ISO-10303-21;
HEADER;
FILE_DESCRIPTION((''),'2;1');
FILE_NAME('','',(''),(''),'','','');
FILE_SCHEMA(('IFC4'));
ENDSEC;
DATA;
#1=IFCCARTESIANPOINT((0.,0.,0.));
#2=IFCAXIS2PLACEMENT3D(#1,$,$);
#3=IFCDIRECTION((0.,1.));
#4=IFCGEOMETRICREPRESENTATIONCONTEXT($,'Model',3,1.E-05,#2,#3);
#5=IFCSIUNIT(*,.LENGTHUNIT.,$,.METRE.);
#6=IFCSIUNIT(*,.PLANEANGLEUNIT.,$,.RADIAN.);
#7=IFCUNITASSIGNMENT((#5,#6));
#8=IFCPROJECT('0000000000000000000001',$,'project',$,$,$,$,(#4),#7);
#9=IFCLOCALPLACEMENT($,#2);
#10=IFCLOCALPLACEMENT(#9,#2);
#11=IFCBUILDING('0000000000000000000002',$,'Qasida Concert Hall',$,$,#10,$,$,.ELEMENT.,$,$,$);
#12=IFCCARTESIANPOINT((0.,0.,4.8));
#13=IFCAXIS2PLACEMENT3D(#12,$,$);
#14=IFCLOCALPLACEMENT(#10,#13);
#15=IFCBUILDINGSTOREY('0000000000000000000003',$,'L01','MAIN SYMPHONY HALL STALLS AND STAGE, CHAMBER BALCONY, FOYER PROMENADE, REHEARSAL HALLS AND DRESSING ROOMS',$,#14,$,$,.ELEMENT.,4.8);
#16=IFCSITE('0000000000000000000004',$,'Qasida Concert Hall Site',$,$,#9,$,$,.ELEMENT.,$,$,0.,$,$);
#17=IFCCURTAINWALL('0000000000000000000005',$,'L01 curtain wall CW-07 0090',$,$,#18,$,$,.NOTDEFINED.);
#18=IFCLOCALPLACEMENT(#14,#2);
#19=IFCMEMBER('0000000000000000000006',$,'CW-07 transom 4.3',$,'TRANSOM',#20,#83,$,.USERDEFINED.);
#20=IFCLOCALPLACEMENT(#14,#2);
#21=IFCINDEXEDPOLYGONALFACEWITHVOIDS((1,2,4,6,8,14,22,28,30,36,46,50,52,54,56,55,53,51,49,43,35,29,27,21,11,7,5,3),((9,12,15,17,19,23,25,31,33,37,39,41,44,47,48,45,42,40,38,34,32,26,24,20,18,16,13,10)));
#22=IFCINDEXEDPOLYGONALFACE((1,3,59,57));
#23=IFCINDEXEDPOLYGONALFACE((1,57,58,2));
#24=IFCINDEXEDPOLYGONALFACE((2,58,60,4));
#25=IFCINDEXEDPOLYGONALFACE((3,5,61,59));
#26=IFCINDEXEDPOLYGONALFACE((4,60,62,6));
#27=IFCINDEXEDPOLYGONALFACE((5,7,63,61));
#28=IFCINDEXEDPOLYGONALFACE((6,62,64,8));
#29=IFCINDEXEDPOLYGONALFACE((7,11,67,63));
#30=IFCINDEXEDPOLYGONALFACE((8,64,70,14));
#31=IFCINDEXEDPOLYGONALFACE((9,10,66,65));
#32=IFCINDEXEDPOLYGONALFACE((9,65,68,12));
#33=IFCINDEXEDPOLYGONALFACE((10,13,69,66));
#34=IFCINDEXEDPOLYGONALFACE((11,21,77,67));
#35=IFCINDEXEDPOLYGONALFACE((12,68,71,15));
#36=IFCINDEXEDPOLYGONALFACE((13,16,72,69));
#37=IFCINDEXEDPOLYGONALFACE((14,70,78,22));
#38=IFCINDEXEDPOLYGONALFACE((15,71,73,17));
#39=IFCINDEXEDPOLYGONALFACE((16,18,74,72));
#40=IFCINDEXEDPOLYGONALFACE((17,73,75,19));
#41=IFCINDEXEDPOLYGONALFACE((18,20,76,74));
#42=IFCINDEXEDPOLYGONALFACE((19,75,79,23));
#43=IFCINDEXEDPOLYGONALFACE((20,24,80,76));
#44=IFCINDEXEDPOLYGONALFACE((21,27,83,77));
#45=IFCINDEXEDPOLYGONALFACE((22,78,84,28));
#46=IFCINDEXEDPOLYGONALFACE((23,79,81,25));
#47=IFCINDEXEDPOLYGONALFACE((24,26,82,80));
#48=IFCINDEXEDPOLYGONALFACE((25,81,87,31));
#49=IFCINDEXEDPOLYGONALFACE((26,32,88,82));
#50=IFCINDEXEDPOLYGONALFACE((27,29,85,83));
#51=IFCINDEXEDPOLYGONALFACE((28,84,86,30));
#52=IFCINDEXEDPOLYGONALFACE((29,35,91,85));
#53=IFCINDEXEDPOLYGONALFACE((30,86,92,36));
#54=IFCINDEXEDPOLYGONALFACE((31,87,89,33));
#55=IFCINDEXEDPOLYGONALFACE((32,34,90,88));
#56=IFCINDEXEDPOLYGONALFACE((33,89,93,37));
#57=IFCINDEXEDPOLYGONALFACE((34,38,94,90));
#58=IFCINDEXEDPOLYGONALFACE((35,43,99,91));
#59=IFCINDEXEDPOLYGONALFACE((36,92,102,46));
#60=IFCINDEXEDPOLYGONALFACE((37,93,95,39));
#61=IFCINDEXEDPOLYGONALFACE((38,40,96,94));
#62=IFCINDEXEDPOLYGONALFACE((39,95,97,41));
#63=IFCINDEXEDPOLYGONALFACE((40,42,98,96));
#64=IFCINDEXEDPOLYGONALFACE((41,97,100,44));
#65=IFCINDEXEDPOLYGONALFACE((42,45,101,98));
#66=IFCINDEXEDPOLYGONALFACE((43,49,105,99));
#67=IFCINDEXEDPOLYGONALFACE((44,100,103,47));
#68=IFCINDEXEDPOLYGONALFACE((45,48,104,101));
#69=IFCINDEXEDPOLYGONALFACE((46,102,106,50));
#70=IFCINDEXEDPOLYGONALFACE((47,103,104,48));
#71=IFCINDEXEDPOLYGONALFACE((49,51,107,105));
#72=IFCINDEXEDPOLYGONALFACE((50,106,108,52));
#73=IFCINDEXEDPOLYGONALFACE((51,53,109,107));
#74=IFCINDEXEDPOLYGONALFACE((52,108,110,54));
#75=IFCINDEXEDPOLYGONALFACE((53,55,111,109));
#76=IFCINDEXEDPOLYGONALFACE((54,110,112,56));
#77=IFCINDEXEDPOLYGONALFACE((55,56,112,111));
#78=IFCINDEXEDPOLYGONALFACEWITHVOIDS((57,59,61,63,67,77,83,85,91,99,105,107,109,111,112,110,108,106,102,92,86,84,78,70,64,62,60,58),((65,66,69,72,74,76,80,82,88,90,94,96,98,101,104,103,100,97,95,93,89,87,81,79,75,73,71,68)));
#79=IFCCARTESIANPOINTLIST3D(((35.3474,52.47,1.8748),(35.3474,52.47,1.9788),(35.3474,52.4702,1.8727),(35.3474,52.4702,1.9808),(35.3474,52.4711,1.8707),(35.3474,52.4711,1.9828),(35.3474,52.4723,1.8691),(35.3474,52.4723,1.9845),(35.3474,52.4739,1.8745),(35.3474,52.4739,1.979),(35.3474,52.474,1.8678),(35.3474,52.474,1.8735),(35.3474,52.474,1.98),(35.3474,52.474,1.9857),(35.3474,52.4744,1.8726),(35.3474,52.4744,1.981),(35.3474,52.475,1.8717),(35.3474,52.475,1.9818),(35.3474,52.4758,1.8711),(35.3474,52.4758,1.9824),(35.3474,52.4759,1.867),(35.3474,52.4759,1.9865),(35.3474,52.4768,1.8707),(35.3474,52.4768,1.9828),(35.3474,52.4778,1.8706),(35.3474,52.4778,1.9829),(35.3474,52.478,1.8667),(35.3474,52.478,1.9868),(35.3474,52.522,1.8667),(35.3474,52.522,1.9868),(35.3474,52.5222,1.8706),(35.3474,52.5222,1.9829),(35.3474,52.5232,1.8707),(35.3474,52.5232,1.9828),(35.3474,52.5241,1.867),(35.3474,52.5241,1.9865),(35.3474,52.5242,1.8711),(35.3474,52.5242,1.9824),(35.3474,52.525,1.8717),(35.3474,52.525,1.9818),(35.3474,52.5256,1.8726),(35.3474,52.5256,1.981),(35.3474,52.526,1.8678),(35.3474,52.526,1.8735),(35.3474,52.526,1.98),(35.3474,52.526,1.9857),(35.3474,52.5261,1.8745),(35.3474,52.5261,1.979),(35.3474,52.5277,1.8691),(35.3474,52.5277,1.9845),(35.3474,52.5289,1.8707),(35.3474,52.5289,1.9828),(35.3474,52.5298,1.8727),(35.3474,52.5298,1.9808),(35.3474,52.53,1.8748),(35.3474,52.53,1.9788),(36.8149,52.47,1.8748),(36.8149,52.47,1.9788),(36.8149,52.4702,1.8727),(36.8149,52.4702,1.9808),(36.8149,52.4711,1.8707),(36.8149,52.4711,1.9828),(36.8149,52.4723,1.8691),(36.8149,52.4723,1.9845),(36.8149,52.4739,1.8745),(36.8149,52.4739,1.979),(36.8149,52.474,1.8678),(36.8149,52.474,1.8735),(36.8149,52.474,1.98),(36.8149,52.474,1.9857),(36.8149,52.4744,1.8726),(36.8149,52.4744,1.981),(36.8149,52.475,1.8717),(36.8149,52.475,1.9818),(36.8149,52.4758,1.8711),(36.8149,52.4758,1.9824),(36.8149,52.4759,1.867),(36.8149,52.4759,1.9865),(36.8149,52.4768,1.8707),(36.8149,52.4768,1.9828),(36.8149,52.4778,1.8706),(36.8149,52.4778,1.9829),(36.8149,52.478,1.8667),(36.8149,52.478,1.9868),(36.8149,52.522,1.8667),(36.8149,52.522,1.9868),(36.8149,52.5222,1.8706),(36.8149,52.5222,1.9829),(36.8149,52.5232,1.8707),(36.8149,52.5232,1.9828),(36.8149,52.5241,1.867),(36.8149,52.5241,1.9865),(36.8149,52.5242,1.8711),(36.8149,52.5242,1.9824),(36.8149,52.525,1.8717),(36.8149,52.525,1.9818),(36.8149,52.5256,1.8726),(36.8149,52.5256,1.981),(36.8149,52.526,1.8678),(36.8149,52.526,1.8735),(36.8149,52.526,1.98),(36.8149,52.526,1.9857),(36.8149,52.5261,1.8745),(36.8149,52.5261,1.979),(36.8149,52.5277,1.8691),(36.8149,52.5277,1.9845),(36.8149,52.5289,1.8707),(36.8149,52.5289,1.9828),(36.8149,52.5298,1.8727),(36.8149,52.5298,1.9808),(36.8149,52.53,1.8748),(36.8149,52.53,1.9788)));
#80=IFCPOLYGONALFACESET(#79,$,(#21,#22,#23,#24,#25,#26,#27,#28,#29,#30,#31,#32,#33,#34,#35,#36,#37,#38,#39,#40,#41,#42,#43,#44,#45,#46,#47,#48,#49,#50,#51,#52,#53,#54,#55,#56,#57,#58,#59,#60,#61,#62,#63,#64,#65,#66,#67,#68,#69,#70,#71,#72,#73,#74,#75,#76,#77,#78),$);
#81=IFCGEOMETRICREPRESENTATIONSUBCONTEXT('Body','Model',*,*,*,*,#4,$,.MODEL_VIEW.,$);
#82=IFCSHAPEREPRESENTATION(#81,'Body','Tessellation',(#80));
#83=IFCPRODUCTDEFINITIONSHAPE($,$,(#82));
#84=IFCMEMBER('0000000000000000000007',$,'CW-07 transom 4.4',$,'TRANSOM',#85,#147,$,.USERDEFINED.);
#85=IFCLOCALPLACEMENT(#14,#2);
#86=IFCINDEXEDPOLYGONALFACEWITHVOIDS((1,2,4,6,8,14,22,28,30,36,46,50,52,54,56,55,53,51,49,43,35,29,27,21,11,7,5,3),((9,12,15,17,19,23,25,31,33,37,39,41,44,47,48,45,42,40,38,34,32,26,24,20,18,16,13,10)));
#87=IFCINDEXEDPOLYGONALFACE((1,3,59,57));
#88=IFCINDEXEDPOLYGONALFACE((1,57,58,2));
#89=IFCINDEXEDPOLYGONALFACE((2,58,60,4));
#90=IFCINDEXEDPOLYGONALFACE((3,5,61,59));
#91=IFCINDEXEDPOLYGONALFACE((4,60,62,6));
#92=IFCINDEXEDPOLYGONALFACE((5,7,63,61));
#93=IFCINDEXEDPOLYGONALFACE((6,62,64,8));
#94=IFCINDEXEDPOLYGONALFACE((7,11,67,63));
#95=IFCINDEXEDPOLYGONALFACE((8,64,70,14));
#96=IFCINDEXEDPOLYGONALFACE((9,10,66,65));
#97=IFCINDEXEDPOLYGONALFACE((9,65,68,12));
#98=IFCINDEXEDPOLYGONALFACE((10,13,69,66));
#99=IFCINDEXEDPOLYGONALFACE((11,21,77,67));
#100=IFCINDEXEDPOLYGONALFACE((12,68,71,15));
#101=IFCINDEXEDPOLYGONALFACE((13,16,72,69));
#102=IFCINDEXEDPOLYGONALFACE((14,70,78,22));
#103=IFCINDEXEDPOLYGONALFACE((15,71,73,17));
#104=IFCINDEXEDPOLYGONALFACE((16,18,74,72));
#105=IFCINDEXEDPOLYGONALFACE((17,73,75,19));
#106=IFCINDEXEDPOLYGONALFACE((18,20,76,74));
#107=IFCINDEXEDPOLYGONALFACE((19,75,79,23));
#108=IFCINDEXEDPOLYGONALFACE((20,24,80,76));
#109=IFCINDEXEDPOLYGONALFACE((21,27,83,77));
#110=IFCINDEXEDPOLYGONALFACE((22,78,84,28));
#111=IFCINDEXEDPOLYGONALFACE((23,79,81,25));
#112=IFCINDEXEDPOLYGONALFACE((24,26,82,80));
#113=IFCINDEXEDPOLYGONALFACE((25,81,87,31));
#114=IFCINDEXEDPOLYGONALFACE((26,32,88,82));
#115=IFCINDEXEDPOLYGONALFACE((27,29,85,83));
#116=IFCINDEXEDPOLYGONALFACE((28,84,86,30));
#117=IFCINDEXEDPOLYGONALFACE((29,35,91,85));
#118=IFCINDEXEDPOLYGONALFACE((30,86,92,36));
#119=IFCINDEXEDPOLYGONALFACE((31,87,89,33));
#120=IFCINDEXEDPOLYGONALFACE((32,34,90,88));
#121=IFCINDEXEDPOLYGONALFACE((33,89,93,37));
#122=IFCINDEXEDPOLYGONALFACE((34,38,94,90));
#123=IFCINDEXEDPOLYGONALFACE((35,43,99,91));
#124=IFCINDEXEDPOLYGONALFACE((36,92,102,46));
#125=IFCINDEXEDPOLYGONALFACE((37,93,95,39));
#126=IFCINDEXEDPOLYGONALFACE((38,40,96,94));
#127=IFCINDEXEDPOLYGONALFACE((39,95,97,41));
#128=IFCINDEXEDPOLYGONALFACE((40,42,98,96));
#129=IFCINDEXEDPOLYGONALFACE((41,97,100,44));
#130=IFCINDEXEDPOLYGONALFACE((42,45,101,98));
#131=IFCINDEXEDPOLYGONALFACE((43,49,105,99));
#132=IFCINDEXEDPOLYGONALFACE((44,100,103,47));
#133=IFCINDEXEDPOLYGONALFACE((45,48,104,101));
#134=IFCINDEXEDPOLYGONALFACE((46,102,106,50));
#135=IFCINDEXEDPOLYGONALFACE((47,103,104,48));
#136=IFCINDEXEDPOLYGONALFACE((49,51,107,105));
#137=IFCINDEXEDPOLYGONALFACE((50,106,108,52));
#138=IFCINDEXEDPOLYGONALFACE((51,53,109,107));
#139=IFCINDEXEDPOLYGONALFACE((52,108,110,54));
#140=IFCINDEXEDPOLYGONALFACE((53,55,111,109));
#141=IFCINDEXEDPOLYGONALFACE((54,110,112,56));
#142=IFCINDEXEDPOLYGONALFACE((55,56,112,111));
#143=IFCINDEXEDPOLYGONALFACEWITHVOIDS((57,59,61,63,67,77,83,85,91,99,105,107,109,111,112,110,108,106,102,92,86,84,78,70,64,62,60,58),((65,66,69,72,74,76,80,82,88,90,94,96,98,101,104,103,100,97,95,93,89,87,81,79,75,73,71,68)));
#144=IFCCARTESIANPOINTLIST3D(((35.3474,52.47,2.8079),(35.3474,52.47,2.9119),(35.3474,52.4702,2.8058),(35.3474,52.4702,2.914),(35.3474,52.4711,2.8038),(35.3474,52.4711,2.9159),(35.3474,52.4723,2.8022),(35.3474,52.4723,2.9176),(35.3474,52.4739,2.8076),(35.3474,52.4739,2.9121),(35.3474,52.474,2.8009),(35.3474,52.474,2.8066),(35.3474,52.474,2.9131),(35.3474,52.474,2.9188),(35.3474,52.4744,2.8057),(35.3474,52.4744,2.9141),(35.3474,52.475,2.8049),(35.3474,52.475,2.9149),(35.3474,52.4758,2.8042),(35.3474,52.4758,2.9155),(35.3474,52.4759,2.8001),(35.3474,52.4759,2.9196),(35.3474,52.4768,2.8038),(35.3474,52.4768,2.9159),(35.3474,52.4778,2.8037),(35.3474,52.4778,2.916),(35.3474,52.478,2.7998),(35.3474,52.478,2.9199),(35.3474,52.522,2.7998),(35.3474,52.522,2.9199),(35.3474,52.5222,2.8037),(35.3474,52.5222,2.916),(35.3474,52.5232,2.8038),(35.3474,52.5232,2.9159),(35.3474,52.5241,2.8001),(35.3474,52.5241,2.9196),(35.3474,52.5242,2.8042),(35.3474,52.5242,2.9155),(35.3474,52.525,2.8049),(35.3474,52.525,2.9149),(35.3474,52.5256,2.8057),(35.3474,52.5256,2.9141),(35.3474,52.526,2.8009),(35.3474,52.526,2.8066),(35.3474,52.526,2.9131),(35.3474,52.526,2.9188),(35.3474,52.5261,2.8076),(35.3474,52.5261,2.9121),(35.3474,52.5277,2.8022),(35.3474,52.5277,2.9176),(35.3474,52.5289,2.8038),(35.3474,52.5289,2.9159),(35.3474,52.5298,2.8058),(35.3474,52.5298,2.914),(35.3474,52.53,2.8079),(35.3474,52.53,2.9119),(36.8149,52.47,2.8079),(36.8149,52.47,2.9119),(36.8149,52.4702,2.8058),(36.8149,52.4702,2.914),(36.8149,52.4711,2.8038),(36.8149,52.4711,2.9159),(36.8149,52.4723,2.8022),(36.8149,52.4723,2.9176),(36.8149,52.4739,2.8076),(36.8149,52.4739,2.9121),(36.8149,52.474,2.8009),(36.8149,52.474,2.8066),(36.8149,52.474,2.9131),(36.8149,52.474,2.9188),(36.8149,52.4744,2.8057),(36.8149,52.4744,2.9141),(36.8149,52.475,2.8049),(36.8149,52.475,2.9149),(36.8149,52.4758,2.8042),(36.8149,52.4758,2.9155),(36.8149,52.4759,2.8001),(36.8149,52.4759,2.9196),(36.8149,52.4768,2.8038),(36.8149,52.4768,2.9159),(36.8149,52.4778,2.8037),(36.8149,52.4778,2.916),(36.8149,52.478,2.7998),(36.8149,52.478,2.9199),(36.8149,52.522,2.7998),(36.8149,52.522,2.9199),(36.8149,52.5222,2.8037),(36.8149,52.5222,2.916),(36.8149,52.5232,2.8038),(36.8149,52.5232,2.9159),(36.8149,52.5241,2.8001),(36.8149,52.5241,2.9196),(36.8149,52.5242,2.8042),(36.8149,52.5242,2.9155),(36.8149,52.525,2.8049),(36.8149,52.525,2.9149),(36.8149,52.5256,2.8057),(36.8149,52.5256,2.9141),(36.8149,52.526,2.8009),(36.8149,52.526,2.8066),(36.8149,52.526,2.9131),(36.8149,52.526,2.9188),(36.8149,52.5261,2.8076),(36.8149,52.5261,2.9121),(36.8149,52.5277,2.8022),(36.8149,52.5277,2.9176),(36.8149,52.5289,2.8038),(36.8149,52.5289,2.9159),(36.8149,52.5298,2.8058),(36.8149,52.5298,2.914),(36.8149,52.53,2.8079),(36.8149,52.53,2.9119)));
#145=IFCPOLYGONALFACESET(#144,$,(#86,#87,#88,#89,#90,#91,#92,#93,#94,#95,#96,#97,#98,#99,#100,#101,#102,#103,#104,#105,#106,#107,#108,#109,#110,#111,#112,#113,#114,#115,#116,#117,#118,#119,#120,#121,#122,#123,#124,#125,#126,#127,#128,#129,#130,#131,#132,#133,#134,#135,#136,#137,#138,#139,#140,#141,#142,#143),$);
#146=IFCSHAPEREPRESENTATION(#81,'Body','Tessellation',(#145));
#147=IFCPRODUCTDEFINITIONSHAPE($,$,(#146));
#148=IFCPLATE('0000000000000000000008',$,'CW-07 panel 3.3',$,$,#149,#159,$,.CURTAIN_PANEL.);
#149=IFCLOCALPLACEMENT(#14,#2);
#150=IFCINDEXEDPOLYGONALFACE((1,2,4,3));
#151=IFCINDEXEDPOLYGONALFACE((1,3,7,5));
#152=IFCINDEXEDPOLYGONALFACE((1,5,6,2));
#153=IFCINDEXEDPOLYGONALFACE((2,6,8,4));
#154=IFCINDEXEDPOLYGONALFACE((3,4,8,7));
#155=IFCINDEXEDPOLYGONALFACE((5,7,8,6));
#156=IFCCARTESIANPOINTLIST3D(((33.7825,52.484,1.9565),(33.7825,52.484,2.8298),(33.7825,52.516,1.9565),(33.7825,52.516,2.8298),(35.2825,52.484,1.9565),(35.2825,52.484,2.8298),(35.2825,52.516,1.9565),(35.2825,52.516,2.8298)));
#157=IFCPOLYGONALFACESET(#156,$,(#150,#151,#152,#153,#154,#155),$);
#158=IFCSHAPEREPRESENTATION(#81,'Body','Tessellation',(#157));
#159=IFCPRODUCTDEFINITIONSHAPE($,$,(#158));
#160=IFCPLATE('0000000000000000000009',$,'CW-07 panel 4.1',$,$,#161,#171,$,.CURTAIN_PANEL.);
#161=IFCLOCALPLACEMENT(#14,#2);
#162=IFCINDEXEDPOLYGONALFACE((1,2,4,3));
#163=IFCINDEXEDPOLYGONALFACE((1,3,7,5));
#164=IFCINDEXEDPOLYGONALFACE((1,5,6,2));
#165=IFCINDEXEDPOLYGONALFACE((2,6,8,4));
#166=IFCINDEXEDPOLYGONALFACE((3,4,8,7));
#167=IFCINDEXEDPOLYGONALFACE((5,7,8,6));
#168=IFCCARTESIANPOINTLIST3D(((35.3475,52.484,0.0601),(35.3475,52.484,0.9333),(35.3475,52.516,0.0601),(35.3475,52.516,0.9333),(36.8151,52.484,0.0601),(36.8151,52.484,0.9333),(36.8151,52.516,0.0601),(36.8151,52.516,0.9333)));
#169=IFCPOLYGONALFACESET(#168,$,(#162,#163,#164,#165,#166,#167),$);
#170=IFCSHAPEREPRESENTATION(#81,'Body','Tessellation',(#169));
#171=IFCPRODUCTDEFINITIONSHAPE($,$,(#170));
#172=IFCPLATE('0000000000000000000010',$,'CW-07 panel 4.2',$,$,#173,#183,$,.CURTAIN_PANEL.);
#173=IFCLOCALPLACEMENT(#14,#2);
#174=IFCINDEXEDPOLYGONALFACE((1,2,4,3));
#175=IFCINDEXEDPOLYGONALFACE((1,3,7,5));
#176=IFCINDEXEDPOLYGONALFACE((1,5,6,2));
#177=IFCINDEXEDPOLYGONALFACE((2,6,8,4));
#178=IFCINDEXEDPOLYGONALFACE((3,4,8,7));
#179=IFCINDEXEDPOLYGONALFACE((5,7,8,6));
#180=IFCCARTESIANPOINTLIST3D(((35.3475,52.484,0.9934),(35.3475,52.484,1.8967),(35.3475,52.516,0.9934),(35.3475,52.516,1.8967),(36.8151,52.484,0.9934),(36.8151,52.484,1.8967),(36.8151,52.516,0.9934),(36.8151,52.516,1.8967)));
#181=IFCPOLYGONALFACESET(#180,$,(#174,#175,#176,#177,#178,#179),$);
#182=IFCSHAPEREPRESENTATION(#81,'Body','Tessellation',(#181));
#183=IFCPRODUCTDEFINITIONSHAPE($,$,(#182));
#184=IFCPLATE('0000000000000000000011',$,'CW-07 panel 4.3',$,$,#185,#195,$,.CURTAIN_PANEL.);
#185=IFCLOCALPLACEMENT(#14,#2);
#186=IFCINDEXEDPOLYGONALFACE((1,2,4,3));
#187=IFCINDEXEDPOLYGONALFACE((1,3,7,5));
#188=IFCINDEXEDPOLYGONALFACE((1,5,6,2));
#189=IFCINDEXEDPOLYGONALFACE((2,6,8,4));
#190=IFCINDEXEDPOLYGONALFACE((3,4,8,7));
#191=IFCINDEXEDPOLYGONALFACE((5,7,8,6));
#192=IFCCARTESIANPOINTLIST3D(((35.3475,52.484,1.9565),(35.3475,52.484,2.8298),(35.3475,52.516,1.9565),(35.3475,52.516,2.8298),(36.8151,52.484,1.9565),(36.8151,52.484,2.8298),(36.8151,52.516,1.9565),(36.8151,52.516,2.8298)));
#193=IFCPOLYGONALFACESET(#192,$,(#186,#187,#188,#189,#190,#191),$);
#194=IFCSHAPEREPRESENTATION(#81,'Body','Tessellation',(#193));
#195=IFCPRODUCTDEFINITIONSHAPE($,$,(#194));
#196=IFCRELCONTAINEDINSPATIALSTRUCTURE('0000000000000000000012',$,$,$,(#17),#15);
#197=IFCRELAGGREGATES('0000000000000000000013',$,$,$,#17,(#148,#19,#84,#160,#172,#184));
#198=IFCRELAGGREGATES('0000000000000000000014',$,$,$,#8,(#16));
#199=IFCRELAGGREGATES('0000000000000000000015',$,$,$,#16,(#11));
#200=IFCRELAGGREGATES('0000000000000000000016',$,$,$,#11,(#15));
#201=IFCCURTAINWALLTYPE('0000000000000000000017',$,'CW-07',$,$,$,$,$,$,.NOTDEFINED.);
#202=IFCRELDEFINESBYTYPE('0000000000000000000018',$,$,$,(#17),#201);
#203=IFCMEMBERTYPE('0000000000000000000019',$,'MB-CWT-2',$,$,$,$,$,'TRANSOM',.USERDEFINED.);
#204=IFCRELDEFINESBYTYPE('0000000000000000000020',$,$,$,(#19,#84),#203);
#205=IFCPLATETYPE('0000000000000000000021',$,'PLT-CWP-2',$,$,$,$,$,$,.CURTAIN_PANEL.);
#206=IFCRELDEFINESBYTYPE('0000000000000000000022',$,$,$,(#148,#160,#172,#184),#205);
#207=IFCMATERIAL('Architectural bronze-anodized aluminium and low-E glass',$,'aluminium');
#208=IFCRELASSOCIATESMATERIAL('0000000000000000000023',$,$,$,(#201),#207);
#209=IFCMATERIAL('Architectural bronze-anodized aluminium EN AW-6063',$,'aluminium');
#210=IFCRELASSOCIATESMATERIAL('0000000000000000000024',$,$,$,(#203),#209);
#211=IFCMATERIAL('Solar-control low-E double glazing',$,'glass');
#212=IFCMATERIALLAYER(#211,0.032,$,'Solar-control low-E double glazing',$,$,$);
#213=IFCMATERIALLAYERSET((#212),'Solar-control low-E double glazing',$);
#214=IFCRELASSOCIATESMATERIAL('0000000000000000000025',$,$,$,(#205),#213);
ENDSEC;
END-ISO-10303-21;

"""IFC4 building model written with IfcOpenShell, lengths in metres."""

from ifc_helpers import new_model, si_unit, direction, frame, origin, origin_2d, place, context, subcontext, project, spatial, rectangle, hollow_rectangle, extrude, material, layer, layer_set, material_profile, profile_set, type_object, element, aggregate, save


model = new_model("IFC4")

# Units and contexts
model_context = context("Model", 3, precision=1e-05, world=origin(), true_north=direction((0.0, 1.0)))
body_context = subcontext(model_context, "Body", "Model", "MODEL_VIEW")
ifc_project = project(units=[si_unit("LENGTHUNIT", "METRE"), si_unit("PLANEANGLEUNIT", "RADIAN")], contexts=[model_context])

# Site, building, storey
site_placement = place(None, origin())
site = spatial("IfcSite", under=ifc_project, at=site_placement, Name="Qasida Concert Hall Site", CompositionType="ELEMENT", RefElevation=0.0)
building_placement = place(site_placement, origin())
building = spatial("IfcBuilding", under=site, at=building_placement, Name="Qasida Concert Hall", CompositionType="ELEMENT")
storey_placement = place(building_placement, frame((0.0, 0.0, 4.8)))
storey = spatial("IfcBuildingStorey", under=building, at=storey_placement, Name="L01", Description="MAIN SYMPHONY HALL STALLS AND STAGE, CHAMBER BALCONY, FOYER PROMENADE, REHEARSAL HALLS AND DRESSING ROOMS", CompositionType="ELEMENT", Elevation=4.8)

# Shared definitions
ifc_material_1 = material(Name="Architectural bronze-anodized aluminium and low-E glass", Category="aluminium")
ifc_material_2 = material(Name="Architectural bronze-anodized aluminium EN AW-6063", Category="aluminium")

# Curtain wall
curtain_wall_type_1 = type_object("IfcCurtainWallType", Name="CW-07", PredefinedType="NOTDEFINED", material=ifc_material_1)
curtain_wall_1_placement = place(storey_placement, origin())
curtain_wall_1 = element("IfcCurtainWall", 1, at=curtain_wall_1_placement, inside=storey, type_object=curtain_wall_type_1, Name="L01 curtain wall CW-07 0090", PredefinedType="NOTDEFINED")

# Members
ifc_material_profile_1 = material_profile(ifc_material_2, hollow_rectangle(XDim=0.0601, YDim=0.1201, WallThickness=0.0039, InnerFilletRadius=0.0039, OuterFilletRadius=0.0081, at=origin_2d()), Name="CWT 120x60x4")
ifc_profile_set_1 = profile_set([ifc_material_profile_1], Name="Architectural bronze-anodized aluminium EN AW-6063")
member_type_1 = type_object("IfcMemberType", Name="MB-CWT-2", ElementType="TRANSOM", PredefinedType="USERDEFINED", material=ifc_profile_set_1)
member_1_placement = place(storey_placement, frame((35.3474, 52.5, 1.9268), z_axis=(1.0, 0.0, 0.0), x_axis=(0.0, 1.0, 0.0)))
member_1 = element("IfcMember", 2, at=member_1_placement, type_object=member_type_1, Name="CW-07 transom 4.3", ObjectType="TRANSOM", PredefinedType="USERDEFINED", context=body_context, shape_type="SweptSolid", body=[
    extrude(hollow_rectangle(XDim=0.0601, YDim=0.1201, WallThickness=0.0039, InnerFilletRadius=0.0039, OuterFilletRadius=0.0081, at=origin_2d()), origin(), (0.0, 0.0, 1.0), 1.4675),
])
member_2_placement = place(storey_placement, frame((35.3474, 52.5, 2.8599), z_axis=(1.0, 0.0, 0.0), x_axis=(0.0, 1.0, 0.0)))
member_2 = element("IfcMember", 3, at=member_2_placement, type_object=member_type_1, Name="CW-07 transom 4.4", ObjectType="TRANSOM", PredefinedType="USERDEFINED", context=body_context, shape_type="SweptSolid", body=[
    extrude(hollow_rectangle(XDim=0.0601, YDim=0.1201, WallThickness=0.0039, InnerFilletRadius=0.0039, OuterFilletRadius=0.0081, at=origin_2d()), origin(), (0.0, 0.0, 1.0), 1.4675),
])

# Plates
ifc_material_3 = material(Name="Solar-control low-E double glazing", Category="glass")
ifc_layer_1 = layer(ifc_material_3, 0.032, Name="Solar-control low-E double glazing")
ifc_layer_set_1 = layer_set([ifc_layer_1], Name="Solar-control low-E double glazing")
plate_type = type_object("IfcPlateType", Name="PLT-CWP-2", PredefinedType="CURTAIN_PANEL", material=ifc_layer_set_1)
plate_1_placement = place(storey_placement, frame((34.5325, 52.5, 1.9565), z_axis=(0.0, 0.0, 1.0), x_axis=(1.0, 0.0, 0.0)))
plate_1 = element("IfcPlate", 4, at=plate_1_placement, type_object=plate_type, Name="CW-07 panel 3.3", PredefinedType="CURTAIN_PANEL", context=body_context, shape_type="SweptSolid", body=[
    extrude(rectangle(XDim=1.5, YDim=0.032, at=origin_2d()), origin(), (0.0, 0.0, 1.0), 0.8733),
])
plate_2_placement = place(storey_placement, frame((36.0813, 52.5, 0.0601), z_axis=(0.0, 0.0, 1.0), x_axis=(1.0, 0.0, 0.0)))
plate_2 = element("IfcPlate", 5, at=plate_2_placement, type_object=plate_type, Name="CW-07 panel 4.1", PredefinedType="CURTAIN_PANEL", context=body_context, shape_type="SweptSolid", body=[
    extrude(rectangle(XDim=1.4675, YDim=0.032, at=origin_2d()), origin(), (0.0, 0.0, 1.0), 0.8733),
])
plate_3_placement = place(storey_placement, frame((36.0813, 52.5, 0.9934), z_axis=(0.0, 0.0, 1.0), x_axis=(1.0, 0.0, 0.0)))
plate_3 = element("IfcPlate", 6, at=plate_3_placement, type_object=plate_type, Name="CW-07 panel 4.2", PredefinedType="CURTAIN_PANEL", context=body_context, shape_type="SweptSolid", body=[
    extrude(rectangle(XDim=1.4675, YDim=0.032, at=origin_2d()), origin(), (0.0, 0.0, 1.0), 0.9033),
])
plate_4_placement = place(storey_placement, frame((36.0813, 52.5, 1.9565), z_axis=(0.0, 0.0, 1.0), x_axis=(1.0, 0.0, 0.0)))
plate_4 = element("IfcPlate", 7, at=plate_4_placement, type_object=plate_type, Name="CW-07 panel 4.3", PredefinedType="CURTAIN_PANEL", context=body_context, shape_type="SweptSolid", body=[
    extrude(rectangle(XDim=1.4675, YDim=0.032, at=origin_2d()), origin(), (0.0, 0.0, 1.0), 0.8733),
])
aggregate(curtain_wall_1, [plate_1, member_1, member_2, plate_2, plate_3, plate_4])

save(model, "model.ifc")
